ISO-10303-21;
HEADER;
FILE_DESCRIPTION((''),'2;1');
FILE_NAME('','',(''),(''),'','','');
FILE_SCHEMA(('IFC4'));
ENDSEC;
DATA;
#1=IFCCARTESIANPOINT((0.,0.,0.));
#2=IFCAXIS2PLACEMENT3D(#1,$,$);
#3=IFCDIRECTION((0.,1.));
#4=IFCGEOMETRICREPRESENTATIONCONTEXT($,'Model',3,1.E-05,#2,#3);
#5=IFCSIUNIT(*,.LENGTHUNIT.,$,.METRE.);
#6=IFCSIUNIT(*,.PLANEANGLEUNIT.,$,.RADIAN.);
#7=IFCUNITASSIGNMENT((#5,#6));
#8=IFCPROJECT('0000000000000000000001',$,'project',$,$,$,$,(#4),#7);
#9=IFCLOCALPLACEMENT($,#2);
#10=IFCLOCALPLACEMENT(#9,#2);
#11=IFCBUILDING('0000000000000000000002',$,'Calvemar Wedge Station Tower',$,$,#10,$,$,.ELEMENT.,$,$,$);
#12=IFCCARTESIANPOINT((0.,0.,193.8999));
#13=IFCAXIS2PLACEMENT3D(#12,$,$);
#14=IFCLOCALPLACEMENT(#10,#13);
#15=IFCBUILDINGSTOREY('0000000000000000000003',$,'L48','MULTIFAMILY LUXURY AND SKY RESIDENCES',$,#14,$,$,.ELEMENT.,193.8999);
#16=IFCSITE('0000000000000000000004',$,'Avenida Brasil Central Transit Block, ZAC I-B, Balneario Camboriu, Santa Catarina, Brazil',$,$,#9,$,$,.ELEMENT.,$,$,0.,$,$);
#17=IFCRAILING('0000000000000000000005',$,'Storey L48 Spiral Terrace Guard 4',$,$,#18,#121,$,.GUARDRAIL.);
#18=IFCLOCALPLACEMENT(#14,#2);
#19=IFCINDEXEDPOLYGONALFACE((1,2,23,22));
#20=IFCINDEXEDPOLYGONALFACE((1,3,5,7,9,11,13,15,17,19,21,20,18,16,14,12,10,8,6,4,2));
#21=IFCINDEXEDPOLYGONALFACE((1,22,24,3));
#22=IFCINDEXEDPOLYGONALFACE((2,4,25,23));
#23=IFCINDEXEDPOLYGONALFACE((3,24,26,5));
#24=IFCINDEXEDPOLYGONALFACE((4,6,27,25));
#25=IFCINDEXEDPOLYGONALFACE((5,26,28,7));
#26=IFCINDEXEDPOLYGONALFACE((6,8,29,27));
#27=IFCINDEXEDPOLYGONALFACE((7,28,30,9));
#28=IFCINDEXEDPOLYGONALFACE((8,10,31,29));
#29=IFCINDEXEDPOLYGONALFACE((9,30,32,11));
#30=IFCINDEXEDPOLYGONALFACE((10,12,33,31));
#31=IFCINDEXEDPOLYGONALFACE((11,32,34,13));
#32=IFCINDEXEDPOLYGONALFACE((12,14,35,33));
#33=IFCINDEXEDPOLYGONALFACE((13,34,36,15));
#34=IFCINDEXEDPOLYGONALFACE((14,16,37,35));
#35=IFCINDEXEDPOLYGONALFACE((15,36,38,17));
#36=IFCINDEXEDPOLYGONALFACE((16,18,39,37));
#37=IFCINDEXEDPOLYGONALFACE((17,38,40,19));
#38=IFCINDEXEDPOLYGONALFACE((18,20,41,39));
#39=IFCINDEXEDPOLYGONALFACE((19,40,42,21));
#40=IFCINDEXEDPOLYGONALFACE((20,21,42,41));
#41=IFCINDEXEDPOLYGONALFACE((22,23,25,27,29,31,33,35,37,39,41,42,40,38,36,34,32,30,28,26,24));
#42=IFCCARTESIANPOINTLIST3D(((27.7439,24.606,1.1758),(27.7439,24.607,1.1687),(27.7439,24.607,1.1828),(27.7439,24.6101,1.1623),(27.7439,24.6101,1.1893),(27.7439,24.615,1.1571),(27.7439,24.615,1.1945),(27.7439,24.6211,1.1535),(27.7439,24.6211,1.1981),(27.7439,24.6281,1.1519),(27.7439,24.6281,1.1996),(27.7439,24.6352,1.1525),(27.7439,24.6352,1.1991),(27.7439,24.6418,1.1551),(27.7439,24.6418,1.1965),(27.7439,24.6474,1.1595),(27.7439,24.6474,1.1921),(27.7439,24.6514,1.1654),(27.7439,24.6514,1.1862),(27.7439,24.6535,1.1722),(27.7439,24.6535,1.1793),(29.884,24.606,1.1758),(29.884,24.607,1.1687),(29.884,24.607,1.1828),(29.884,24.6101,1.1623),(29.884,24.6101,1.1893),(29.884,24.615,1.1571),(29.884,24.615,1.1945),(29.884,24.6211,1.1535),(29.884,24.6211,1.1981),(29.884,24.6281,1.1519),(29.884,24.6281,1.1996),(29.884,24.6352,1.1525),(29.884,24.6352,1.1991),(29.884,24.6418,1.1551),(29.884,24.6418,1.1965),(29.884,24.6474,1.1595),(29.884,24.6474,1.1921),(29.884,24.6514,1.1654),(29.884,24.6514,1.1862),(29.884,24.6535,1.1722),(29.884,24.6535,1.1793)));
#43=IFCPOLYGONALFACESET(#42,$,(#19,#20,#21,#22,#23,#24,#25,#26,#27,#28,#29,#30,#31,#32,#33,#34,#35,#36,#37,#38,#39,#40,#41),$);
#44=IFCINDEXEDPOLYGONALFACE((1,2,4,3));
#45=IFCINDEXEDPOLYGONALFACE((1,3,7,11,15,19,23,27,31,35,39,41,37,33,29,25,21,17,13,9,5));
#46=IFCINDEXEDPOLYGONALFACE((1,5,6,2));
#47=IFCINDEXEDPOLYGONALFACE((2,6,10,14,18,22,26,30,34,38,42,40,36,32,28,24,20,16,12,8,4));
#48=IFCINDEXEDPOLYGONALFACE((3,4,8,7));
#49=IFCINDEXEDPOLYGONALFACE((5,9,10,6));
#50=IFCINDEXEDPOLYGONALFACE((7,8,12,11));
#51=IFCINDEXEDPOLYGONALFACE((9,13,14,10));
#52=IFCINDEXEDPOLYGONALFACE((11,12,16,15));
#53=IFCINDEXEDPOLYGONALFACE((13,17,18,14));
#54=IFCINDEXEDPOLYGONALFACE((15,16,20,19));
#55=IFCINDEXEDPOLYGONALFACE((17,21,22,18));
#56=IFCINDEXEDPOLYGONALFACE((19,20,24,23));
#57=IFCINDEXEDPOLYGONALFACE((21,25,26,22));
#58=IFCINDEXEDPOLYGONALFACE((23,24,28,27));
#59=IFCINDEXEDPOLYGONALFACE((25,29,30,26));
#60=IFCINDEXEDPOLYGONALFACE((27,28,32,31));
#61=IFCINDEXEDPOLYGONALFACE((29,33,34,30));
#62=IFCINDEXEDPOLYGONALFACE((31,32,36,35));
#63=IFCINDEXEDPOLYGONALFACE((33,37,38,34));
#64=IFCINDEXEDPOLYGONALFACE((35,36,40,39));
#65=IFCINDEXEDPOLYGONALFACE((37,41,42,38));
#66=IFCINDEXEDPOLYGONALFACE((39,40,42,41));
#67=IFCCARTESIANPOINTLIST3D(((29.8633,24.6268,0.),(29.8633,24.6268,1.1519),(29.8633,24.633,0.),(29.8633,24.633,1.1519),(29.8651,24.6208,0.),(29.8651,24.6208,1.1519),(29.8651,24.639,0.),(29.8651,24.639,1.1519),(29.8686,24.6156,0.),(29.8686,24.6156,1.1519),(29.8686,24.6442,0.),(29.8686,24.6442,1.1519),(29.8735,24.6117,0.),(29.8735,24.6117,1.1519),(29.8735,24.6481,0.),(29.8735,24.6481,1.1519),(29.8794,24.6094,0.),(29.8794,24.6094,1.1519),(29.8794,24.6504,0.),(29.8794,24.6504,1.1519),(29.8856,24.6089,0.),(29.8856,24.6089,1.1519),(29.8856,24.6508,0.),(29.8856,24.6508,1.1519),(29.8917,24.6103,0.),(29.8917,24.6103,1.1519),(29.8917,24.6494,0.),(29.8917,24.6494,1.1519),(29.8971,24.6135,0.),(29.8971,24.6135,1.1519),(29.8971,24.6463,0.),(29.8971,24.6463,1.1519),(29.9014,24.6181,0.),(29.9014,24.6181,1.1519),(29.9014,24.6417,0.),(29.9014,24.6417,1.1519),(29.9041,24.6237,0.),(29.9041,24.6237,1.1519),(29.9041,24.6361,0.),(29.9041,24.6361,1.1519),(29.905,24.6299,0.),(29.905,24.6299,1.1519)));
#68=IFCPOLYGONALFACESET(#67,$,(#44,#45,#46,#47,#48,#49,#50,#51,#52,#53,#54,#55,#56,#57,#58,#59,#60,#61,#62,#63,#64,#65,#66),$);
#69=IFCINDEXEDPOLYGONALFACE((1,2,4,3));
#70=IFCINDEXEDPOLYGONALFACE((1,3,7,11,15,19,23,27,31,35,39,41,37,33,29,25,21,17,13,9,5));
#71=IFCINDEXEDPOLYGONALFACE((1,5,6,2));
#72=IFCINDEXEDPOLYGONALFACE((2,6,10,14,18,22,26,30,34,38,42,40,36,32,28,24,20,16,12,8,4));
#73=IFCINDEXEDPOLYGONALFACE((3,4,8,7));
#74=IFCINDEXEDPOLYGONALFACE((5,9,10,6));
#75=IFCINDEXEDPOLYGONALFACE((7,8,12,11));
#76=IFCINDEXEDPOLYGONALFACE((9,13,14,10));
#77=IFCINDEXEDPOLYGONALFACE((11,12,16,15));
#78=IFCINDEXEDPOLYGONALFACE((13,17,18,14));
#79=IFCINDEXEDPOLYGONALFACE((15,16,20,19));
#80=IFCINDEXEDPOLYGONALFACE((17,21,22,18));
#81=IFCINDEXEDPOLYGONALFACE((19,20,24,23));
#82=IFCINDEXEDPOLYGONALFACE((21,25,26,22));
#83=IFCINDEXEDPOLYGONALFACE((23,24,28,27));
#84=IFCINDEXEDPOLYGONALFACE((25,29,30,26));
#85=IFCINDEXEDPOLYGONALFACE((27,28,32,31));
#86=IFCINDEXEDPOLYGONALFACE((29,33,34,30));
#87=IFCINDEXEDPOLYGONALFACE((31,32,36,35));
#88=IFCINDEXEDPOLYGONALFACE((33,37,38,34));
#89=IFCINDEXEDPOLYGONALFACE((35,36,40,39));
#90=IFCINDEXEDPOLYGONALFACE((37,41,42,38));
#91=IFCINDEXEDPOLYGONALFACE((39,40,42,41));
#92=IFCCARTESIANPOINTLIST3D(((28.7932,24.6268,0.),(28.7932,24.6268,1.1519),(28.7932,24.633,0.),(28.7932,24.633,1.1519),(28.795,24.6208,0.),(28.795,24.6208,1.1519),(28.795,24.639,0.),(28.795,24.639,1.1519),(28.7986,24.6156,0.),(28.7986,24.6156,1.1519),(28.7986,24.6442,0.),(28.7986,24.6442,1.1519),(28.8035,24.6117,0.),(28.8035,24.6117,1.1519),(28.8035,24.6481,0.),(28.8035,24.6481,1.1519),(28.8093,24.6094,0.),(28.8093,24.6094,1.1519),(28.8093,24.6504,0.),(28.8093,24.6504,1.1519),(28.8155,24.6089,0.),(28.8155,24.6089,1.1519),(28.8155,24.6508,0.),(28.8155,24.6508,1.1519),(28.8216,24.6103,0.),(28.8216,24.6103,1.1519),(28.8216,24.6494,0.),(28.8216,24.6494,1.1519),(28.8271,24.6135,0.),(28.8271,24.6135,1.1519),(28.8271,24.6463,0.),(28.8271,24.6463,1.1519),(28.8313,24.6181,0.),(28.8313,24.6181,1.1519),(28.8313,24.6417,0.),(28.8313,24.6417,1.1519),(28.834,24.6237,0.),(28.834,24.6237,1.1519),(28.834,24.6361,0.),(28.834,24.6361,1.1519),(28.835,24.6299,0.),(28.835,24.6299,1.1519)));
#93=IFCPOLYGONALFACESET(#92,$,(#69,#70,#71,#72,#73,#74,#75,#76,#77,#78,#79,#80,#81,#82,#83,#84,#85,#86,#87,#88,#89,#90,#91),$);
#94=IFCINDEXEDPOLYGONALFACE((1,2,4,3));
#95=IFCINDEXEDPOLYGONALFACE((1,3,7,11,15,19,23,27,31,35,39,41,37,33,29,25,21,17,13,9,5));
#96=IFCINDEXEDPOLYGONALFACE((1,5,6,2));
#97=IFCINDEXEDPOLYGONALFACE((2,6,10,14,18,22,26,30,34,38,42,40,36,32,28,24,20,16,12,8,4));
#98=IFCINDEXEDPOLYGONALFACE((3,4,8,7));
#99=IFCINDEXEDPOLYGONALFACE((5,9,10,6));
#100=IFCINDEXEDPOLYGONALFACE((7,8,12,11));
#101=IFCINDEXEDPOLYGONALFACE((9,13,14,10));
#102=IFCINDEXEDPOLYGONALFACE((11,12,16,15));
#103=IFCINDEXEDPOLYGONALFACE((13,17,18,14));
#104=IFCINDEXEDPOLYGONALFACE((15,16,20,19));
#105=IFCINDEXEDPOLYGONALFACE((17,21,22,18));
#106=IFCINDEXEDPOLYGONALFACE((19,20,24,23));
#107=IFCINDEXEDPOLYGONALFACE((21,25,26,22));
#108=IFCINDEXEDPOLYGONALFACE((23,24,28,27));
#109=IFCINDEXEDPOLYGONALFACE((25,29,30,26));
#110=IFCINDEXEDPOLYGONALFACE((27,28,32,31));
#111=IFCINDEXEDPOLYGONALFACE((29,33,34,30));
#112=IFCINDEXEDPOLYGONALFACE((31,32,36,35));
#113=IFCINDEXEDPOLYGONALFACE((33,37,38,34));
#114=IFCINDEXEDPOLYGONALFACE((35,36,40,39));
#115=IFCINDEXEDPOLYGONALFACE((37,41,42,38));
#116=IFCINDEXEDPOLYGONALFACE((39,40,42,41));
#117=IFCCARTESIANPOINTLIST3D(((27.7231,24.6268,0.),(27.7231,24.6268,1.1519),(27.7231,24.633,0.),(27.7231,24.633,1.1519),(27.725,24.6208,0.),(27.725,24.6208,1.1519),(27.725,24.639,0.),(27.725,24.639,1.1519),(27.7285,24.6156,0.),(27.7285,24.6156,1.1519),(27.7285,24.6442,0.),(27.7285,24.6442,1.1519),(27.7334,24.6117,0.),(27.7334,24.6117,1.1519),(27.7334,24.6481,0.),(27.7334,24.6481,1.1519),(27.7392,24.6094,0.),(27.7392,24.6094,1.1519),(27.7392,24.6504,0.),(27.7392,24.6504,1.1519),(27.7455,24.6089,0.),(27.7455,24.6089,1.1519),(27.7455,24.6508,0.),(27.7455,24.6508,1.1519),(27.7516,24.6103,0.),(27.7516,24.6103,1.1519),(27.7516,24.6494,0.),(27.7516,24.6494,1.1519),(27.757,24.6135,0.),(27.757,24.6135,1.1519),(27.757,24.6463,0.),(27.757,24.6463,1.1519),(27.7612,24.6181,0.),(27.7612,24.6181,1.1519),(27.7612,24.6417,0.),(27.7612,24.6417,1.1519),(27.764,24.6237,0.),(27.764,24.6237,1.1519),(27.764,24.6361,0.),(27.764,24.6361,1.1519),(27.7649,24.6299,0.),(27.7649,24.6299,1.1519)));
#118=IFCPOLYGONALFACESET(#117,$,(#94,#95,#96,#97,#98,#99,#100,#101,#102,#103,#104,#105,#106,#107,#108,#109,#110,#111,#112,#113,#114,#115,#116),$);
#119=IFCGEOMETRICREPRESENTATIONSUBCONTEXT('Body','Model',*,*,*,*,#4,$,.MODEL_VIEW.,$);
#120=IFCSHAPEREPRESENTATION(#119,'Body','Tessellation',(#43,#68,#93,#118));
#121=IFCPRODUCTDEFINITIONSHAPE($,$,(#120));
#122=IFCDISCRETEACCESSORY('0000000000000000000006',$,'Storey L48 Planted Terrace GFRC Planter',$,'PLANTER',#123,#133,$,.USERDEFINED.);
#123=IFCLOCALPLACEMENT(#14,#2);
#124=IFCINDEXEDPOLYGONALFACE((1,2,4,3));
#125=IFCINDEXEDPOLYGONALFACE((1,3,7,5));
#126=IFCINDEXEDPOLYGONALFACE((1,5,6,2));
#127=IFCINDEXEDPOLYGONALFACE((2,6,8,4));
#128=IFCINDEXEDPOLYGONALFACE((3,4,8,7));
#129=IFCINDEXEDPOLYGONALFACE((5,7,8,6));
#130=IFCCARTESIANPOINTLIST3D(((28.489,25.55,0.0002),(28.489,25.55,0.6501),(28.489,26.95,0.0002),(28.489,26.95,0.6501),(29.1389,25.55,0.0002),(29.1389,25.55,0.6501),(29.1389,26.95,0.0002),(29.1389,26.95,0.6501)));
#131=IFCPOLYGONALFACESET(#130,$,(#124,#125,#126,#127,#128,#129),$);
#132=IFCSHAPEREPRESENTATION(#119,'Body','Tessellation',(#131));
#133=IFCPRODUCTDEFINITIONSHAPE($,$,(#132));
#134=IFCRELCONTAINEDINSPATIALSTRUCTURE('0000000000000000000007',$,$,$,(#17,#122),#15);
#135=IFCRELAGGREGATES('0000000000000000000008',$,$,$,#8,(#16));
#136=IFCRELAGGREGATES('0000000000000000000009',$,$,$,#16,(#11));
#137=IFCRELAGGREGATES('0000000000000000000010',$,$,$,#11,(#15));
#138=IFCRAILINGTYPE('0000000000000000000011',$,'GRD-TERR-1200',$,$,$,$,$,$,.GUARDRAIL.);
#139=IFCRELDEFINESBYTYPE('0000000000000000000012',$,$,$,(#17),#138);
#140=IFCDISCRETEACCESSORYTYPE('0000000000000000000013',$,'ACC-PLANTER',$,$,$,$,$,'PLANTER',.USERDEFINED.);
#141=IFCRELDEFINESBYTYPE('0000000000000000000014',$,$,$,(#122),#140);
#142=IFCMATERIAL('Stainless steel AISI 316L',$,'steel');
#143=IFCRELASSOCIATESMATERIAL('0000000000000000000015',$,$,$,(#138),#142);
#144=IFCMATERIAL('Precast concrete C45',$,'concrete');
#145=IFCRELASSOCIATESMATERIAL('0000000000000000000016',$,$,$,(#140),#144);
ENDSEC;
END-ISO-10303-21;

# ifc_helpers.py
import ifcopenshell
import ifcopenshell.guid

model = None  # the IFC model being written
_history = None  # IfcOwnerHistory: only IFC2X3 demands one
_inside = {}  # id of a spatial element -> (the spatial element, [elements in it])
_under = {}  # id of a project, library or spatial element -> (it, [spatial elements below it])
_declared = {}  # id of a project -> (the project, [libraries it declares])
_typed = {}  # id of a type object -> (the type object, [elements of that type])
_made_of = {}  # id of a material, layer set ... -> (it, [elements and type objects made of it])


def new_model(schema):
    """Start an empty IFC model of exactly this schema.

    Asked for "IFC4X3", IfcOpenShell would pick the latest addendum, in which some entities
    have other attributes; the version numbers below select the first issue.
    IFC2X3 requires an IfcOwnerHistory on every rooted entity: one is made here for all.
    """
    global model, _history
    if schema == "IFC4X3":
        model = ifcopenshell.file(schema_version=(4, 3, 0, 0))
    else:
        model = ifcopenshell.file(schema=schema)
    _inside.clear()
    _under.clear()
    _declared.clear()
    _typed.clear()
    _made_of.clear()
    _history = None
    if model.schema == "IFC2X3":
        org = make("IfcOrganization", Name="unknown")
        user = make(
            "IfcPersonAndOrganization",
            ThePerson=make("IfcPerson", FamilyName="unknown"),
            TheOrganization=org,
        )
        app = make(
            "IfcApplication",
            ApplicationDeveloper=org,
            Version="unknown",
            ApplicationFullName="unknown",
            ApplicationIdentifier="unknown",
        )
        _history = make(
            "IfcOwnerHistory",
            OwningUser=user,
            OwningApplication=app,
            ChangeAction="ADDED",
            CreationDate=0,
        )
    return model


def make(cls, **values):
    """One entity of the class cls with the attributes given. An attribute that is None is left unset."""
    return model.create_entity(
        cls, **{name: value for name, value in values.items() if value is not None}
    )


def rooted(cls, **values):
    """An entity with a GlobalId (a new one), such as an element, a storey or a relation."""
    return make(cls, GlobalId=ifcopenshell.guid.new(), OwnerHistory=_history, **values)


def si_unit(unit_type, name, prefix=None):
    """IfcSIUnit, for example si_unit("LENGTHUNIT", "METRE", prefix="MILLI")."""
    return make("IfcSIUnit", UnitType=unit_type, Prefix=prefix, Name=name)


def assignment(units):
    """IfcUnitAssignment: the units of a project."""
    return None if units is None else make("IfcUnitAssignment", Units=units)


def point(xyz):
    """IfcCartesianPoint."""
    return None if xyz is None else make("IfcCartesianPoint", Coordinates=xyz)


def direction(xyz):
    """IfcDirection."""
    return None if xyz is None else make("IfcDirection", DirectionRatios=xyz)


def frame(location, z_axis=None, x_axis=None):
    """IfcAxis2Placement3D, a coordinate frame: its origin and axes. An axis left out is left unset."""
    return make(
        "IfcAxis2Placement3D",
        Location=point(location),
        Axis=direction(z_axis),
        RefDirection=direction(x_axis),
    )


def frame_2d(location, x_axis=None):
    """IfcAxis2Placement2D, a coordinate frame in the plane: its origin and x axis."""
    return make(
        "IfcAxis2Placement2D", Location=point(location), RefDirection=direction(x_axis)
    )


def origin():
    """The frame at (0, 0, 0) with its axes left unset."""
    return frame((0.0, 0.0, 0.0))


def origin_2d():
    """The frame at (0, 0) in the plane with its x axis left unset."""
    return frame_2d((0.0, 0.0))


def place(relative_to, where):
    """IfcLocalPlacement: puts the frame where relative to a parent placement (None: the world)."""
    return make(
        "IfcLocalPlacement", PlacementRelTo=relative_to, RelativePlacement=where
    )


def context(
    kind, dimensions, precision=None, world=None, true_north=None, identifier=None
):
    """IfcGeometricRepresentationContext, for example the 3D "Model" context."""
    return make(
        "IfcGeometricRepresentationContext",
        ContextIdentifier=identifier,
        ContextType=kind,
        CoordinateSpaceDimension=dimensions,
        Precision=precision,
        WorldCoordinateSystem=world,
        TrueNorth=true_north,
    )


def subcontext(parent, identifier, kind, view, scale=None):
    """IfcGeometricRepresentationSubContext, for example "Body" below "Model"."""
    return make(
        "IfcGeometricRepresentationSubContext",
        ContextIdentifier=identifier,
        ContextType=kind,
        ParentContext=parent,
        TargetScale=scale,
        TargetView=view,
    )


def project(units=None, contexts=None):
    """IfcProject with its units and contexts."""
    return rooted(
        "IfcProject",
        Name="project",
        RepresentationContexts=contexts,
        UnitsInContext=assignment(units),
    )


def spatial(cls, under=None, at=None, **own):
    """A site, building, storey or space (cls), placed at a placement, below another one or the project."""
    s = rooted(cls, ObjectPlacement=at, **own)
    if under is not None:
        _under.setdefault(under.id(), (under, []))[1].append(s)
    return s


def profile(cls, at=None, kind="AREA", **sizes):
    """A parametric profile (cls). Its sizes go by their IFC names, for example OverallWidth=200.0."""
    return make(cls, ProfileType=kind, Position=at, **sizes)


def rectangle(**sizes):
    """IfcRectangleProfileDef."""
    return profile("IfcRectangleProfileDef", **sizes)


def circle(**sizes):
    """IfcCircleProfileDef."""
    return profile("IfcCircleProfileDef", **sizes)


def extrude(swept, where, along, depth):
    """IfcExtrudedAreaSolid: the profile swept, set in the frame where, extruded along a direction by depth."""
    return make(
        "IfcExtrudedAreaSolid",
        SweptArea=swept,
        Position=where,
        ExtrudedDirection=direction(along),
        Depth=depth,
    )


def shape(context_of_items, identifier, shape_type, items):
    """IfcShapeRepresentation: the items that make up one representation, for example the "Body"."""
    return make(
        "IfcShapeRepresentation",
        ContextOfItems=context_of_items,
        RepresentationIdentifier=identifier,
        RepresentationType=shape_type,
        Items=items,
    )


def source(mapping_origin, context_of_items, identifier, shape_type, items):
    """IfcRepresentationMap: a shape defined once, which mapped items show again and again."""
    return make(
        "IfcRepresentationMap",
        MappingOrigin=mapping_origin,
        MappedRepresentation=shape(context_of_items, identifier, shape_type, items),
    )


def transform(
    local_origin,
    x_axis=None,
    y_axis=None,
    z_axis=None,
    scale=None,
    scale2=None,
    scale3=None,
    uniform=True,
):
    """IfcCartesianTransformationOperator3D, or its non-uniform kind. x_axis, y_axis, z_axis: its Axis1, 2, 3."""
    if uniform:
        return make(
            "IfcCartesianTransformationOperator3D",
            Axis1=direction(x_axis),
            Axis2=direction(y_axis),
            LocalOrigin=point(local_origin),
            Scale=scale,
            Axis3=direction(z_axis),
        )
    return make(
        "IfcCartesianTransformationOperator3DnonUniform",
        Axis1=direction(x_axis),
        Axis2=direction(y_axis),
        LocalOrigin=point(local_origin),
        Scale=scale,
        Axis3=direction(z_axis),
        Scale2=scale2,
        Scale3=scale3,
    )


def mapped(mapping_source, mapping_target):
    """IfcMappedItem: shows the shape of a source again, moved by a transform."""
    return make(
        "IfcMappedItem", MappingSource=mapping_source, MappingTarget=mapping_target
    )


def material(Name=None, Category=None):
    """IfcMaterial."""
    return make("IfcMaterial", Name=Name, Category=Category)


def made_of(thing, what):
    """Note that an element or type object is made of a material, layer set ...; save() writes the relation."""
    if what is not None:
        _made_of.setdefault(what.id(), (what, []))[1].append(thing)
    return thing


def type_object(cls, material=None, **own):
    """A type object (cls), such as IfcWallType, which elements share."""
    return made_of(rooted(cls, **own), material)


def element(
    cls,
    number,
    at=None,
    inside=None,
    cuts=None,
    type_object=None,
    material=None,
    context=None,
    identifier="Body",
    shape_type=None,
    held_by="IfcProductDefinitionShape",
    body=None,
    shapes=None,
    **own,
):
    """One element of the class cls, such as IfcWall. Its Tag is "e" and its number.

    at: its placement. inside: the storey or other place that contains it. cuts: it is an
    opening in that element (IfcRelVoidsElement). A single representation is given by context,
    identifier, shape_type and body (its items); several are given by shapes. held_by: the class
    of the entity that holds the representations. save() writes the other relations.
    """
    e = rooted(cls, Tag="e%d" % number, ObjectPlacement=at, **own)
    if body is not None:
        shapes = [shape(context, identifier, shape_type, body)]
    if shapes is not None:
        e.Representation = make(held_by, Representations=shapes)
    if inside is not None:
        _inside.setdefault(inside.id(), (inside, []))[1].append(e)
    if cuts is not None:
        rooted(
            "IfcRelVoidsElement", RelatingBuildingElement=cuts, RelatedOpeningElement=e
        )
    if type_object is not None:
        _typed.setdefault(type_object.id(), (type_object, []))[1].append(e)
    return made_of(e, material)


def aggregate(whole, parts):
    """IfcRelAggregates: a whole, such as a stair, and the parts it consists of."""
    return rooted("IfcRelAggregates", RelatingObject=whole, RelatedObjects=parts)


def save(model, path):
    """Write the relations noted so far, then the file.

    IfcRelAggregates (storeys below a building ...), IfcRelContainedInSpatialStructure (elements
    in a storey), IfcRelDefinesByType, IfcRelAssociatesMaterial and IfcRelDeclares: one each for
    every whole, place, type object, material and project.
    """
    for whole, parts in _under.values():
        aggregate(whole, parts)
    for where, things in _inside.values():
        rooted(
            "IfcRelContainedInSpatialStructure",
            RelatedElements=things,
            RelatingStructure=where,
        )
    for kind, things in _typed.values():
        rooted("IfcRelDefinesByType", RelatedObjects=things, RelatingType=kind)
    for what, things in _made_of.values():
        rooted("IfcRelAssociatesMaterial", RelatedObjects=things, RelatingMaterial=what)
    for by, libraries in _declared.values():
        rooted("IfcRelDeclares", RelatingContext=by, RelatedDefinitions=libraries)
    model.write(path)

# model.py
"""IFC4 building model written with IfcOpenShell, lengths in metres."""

from ifc_helpers import new_model, si_unit, direction, frame, origin, origin_2d, place, context, subcontext, project, spatial, rectangle, circle, extrude, source, transform, mapped, material, type_object, element, save


model = new_model("IFC4")

# Units and contexts
model_context = context("Model", 3, precision=1e-05, world=origin(), true_north=direction((0.0, 1.0)))
body_context = subcontext(model_context, "Body", "Model", "MODEL_VIEW")
ifc_project = project(units=[si_unit("LENGTHUNIT", "METRE"), si_unit("PLANEANGLEUNIT", "RADIAN")], contexts=[model_context])

# Site, building, storey
site_placement = place(None, origin())
site = spatial("IfcSite", under=ifc_project, at=site_placement, Name="Avenida Brasil Central Transit Block, ZAC I-B, Balneario Camboriu, Santa Catarina, Brazil", CompositionType="ELEMENT", RefElevation=0.0)
building_placement = place(site_placement, origin())
building = spatial("IfcBuilding", under=site, at=building_placement, Name="Calvemar Wedge Station Tower", CompositionType="ELEMENT")
storey_placement = place(building_placement, frame((0.0, 0.0, 193.8999)))
storey = spatial("IfcBuildingStorey", under=building, at=storey_placement, Name="L48", Description="MULTIFAMILY LUXURY AND SKY RESIDENCES", CompositionType="ELEMENT", Elevation=193.8999)

# Shared definitions
ifc_material_1 = material(Name="Precast concrete C45", Category="concrete")

# Railing
ifc_material_2 = material(Name="Stainless steel AISI 316L", Category="steel")
railing_type = type_object("IfcRailingType", Name="GRD-TERR-1200", PredefinedType="GUARDRAIL", material=ifc_material_2)
railing_1_placement = place(storey_placement, frame((29.884, 24.6299, 0.0)))
element("IfcRailing", 1, at=railing_1_placement, inside=storey, type_object=railing_type, Name="Storey L48 Spiral Terrace Guard 4", PredefinedType="GUARDRAIL", context=body_context, shape_type="SweptSolid", body=[
    extrude(circle(Radius=0.0239, at=origin_2d()), frame((0.0, 0.0, 1.1758), z_axis=(-1.0, 0.0, 0.0), x_axis=(0.0, -1.0, 0.0)), (0.0, 0.0, 1.0), 2.1401),
    extrude(circle(Radius=0.021, at=origin_2d()), origin(), (0.0, 0.0, 1.0), 1.1519),
    extrude(circle(Radius=0.021, at=origin_2d()), frame((-1.0701, 0.0, 0.0)), (0.0, 0.0, 1.0), 1.1519),
    extrude(circle(Radius=0.021, at=origin_2d()), frame((-2.1401, 0.0, 0.0)), (0.0, 0.0, 1.0), 1.1519),
])

# Discrete accessory
discrete_accessory_type = type_object("IfcDiscreteAccessoryType", Name="ACC-PLANTER", ElementType="PLANTER", PredefinedType="USERDEFINED", material=ifc_material_1)
shared_shape_1 = source(origin(), body_context, "Body", "SweptSolid", [
    extrude(rectangle(XDim=0.6499, YDim=1.3999, at=origin_2d()), origin(), (0.0, 0.0, 1.0), 0.6499),
])
discrete_accessory_placement = place(storey_placement, frame((28.814, 26.25, 0.0002), z_axis=(0.0, 0.0, 1.0), x_axis=(1.0, 0.0, 0.0)))
element("IfcDiscreteAccessory", 2, at=discrete_accessory_placement, inside=storey, type_object=discrete_accessory_type, Name="Storey L48 Planted Terrace GFRC Planter", ObjectType="PLANTER", PredefinedType="USERDEFINED", context=body_context, shape_type="MappedRepresentation", body=[
    mapped(shared_shape_1, transform((0.0, 0.0, 0.0), scale=1.0)),
])

save(model, "model.ifc")
